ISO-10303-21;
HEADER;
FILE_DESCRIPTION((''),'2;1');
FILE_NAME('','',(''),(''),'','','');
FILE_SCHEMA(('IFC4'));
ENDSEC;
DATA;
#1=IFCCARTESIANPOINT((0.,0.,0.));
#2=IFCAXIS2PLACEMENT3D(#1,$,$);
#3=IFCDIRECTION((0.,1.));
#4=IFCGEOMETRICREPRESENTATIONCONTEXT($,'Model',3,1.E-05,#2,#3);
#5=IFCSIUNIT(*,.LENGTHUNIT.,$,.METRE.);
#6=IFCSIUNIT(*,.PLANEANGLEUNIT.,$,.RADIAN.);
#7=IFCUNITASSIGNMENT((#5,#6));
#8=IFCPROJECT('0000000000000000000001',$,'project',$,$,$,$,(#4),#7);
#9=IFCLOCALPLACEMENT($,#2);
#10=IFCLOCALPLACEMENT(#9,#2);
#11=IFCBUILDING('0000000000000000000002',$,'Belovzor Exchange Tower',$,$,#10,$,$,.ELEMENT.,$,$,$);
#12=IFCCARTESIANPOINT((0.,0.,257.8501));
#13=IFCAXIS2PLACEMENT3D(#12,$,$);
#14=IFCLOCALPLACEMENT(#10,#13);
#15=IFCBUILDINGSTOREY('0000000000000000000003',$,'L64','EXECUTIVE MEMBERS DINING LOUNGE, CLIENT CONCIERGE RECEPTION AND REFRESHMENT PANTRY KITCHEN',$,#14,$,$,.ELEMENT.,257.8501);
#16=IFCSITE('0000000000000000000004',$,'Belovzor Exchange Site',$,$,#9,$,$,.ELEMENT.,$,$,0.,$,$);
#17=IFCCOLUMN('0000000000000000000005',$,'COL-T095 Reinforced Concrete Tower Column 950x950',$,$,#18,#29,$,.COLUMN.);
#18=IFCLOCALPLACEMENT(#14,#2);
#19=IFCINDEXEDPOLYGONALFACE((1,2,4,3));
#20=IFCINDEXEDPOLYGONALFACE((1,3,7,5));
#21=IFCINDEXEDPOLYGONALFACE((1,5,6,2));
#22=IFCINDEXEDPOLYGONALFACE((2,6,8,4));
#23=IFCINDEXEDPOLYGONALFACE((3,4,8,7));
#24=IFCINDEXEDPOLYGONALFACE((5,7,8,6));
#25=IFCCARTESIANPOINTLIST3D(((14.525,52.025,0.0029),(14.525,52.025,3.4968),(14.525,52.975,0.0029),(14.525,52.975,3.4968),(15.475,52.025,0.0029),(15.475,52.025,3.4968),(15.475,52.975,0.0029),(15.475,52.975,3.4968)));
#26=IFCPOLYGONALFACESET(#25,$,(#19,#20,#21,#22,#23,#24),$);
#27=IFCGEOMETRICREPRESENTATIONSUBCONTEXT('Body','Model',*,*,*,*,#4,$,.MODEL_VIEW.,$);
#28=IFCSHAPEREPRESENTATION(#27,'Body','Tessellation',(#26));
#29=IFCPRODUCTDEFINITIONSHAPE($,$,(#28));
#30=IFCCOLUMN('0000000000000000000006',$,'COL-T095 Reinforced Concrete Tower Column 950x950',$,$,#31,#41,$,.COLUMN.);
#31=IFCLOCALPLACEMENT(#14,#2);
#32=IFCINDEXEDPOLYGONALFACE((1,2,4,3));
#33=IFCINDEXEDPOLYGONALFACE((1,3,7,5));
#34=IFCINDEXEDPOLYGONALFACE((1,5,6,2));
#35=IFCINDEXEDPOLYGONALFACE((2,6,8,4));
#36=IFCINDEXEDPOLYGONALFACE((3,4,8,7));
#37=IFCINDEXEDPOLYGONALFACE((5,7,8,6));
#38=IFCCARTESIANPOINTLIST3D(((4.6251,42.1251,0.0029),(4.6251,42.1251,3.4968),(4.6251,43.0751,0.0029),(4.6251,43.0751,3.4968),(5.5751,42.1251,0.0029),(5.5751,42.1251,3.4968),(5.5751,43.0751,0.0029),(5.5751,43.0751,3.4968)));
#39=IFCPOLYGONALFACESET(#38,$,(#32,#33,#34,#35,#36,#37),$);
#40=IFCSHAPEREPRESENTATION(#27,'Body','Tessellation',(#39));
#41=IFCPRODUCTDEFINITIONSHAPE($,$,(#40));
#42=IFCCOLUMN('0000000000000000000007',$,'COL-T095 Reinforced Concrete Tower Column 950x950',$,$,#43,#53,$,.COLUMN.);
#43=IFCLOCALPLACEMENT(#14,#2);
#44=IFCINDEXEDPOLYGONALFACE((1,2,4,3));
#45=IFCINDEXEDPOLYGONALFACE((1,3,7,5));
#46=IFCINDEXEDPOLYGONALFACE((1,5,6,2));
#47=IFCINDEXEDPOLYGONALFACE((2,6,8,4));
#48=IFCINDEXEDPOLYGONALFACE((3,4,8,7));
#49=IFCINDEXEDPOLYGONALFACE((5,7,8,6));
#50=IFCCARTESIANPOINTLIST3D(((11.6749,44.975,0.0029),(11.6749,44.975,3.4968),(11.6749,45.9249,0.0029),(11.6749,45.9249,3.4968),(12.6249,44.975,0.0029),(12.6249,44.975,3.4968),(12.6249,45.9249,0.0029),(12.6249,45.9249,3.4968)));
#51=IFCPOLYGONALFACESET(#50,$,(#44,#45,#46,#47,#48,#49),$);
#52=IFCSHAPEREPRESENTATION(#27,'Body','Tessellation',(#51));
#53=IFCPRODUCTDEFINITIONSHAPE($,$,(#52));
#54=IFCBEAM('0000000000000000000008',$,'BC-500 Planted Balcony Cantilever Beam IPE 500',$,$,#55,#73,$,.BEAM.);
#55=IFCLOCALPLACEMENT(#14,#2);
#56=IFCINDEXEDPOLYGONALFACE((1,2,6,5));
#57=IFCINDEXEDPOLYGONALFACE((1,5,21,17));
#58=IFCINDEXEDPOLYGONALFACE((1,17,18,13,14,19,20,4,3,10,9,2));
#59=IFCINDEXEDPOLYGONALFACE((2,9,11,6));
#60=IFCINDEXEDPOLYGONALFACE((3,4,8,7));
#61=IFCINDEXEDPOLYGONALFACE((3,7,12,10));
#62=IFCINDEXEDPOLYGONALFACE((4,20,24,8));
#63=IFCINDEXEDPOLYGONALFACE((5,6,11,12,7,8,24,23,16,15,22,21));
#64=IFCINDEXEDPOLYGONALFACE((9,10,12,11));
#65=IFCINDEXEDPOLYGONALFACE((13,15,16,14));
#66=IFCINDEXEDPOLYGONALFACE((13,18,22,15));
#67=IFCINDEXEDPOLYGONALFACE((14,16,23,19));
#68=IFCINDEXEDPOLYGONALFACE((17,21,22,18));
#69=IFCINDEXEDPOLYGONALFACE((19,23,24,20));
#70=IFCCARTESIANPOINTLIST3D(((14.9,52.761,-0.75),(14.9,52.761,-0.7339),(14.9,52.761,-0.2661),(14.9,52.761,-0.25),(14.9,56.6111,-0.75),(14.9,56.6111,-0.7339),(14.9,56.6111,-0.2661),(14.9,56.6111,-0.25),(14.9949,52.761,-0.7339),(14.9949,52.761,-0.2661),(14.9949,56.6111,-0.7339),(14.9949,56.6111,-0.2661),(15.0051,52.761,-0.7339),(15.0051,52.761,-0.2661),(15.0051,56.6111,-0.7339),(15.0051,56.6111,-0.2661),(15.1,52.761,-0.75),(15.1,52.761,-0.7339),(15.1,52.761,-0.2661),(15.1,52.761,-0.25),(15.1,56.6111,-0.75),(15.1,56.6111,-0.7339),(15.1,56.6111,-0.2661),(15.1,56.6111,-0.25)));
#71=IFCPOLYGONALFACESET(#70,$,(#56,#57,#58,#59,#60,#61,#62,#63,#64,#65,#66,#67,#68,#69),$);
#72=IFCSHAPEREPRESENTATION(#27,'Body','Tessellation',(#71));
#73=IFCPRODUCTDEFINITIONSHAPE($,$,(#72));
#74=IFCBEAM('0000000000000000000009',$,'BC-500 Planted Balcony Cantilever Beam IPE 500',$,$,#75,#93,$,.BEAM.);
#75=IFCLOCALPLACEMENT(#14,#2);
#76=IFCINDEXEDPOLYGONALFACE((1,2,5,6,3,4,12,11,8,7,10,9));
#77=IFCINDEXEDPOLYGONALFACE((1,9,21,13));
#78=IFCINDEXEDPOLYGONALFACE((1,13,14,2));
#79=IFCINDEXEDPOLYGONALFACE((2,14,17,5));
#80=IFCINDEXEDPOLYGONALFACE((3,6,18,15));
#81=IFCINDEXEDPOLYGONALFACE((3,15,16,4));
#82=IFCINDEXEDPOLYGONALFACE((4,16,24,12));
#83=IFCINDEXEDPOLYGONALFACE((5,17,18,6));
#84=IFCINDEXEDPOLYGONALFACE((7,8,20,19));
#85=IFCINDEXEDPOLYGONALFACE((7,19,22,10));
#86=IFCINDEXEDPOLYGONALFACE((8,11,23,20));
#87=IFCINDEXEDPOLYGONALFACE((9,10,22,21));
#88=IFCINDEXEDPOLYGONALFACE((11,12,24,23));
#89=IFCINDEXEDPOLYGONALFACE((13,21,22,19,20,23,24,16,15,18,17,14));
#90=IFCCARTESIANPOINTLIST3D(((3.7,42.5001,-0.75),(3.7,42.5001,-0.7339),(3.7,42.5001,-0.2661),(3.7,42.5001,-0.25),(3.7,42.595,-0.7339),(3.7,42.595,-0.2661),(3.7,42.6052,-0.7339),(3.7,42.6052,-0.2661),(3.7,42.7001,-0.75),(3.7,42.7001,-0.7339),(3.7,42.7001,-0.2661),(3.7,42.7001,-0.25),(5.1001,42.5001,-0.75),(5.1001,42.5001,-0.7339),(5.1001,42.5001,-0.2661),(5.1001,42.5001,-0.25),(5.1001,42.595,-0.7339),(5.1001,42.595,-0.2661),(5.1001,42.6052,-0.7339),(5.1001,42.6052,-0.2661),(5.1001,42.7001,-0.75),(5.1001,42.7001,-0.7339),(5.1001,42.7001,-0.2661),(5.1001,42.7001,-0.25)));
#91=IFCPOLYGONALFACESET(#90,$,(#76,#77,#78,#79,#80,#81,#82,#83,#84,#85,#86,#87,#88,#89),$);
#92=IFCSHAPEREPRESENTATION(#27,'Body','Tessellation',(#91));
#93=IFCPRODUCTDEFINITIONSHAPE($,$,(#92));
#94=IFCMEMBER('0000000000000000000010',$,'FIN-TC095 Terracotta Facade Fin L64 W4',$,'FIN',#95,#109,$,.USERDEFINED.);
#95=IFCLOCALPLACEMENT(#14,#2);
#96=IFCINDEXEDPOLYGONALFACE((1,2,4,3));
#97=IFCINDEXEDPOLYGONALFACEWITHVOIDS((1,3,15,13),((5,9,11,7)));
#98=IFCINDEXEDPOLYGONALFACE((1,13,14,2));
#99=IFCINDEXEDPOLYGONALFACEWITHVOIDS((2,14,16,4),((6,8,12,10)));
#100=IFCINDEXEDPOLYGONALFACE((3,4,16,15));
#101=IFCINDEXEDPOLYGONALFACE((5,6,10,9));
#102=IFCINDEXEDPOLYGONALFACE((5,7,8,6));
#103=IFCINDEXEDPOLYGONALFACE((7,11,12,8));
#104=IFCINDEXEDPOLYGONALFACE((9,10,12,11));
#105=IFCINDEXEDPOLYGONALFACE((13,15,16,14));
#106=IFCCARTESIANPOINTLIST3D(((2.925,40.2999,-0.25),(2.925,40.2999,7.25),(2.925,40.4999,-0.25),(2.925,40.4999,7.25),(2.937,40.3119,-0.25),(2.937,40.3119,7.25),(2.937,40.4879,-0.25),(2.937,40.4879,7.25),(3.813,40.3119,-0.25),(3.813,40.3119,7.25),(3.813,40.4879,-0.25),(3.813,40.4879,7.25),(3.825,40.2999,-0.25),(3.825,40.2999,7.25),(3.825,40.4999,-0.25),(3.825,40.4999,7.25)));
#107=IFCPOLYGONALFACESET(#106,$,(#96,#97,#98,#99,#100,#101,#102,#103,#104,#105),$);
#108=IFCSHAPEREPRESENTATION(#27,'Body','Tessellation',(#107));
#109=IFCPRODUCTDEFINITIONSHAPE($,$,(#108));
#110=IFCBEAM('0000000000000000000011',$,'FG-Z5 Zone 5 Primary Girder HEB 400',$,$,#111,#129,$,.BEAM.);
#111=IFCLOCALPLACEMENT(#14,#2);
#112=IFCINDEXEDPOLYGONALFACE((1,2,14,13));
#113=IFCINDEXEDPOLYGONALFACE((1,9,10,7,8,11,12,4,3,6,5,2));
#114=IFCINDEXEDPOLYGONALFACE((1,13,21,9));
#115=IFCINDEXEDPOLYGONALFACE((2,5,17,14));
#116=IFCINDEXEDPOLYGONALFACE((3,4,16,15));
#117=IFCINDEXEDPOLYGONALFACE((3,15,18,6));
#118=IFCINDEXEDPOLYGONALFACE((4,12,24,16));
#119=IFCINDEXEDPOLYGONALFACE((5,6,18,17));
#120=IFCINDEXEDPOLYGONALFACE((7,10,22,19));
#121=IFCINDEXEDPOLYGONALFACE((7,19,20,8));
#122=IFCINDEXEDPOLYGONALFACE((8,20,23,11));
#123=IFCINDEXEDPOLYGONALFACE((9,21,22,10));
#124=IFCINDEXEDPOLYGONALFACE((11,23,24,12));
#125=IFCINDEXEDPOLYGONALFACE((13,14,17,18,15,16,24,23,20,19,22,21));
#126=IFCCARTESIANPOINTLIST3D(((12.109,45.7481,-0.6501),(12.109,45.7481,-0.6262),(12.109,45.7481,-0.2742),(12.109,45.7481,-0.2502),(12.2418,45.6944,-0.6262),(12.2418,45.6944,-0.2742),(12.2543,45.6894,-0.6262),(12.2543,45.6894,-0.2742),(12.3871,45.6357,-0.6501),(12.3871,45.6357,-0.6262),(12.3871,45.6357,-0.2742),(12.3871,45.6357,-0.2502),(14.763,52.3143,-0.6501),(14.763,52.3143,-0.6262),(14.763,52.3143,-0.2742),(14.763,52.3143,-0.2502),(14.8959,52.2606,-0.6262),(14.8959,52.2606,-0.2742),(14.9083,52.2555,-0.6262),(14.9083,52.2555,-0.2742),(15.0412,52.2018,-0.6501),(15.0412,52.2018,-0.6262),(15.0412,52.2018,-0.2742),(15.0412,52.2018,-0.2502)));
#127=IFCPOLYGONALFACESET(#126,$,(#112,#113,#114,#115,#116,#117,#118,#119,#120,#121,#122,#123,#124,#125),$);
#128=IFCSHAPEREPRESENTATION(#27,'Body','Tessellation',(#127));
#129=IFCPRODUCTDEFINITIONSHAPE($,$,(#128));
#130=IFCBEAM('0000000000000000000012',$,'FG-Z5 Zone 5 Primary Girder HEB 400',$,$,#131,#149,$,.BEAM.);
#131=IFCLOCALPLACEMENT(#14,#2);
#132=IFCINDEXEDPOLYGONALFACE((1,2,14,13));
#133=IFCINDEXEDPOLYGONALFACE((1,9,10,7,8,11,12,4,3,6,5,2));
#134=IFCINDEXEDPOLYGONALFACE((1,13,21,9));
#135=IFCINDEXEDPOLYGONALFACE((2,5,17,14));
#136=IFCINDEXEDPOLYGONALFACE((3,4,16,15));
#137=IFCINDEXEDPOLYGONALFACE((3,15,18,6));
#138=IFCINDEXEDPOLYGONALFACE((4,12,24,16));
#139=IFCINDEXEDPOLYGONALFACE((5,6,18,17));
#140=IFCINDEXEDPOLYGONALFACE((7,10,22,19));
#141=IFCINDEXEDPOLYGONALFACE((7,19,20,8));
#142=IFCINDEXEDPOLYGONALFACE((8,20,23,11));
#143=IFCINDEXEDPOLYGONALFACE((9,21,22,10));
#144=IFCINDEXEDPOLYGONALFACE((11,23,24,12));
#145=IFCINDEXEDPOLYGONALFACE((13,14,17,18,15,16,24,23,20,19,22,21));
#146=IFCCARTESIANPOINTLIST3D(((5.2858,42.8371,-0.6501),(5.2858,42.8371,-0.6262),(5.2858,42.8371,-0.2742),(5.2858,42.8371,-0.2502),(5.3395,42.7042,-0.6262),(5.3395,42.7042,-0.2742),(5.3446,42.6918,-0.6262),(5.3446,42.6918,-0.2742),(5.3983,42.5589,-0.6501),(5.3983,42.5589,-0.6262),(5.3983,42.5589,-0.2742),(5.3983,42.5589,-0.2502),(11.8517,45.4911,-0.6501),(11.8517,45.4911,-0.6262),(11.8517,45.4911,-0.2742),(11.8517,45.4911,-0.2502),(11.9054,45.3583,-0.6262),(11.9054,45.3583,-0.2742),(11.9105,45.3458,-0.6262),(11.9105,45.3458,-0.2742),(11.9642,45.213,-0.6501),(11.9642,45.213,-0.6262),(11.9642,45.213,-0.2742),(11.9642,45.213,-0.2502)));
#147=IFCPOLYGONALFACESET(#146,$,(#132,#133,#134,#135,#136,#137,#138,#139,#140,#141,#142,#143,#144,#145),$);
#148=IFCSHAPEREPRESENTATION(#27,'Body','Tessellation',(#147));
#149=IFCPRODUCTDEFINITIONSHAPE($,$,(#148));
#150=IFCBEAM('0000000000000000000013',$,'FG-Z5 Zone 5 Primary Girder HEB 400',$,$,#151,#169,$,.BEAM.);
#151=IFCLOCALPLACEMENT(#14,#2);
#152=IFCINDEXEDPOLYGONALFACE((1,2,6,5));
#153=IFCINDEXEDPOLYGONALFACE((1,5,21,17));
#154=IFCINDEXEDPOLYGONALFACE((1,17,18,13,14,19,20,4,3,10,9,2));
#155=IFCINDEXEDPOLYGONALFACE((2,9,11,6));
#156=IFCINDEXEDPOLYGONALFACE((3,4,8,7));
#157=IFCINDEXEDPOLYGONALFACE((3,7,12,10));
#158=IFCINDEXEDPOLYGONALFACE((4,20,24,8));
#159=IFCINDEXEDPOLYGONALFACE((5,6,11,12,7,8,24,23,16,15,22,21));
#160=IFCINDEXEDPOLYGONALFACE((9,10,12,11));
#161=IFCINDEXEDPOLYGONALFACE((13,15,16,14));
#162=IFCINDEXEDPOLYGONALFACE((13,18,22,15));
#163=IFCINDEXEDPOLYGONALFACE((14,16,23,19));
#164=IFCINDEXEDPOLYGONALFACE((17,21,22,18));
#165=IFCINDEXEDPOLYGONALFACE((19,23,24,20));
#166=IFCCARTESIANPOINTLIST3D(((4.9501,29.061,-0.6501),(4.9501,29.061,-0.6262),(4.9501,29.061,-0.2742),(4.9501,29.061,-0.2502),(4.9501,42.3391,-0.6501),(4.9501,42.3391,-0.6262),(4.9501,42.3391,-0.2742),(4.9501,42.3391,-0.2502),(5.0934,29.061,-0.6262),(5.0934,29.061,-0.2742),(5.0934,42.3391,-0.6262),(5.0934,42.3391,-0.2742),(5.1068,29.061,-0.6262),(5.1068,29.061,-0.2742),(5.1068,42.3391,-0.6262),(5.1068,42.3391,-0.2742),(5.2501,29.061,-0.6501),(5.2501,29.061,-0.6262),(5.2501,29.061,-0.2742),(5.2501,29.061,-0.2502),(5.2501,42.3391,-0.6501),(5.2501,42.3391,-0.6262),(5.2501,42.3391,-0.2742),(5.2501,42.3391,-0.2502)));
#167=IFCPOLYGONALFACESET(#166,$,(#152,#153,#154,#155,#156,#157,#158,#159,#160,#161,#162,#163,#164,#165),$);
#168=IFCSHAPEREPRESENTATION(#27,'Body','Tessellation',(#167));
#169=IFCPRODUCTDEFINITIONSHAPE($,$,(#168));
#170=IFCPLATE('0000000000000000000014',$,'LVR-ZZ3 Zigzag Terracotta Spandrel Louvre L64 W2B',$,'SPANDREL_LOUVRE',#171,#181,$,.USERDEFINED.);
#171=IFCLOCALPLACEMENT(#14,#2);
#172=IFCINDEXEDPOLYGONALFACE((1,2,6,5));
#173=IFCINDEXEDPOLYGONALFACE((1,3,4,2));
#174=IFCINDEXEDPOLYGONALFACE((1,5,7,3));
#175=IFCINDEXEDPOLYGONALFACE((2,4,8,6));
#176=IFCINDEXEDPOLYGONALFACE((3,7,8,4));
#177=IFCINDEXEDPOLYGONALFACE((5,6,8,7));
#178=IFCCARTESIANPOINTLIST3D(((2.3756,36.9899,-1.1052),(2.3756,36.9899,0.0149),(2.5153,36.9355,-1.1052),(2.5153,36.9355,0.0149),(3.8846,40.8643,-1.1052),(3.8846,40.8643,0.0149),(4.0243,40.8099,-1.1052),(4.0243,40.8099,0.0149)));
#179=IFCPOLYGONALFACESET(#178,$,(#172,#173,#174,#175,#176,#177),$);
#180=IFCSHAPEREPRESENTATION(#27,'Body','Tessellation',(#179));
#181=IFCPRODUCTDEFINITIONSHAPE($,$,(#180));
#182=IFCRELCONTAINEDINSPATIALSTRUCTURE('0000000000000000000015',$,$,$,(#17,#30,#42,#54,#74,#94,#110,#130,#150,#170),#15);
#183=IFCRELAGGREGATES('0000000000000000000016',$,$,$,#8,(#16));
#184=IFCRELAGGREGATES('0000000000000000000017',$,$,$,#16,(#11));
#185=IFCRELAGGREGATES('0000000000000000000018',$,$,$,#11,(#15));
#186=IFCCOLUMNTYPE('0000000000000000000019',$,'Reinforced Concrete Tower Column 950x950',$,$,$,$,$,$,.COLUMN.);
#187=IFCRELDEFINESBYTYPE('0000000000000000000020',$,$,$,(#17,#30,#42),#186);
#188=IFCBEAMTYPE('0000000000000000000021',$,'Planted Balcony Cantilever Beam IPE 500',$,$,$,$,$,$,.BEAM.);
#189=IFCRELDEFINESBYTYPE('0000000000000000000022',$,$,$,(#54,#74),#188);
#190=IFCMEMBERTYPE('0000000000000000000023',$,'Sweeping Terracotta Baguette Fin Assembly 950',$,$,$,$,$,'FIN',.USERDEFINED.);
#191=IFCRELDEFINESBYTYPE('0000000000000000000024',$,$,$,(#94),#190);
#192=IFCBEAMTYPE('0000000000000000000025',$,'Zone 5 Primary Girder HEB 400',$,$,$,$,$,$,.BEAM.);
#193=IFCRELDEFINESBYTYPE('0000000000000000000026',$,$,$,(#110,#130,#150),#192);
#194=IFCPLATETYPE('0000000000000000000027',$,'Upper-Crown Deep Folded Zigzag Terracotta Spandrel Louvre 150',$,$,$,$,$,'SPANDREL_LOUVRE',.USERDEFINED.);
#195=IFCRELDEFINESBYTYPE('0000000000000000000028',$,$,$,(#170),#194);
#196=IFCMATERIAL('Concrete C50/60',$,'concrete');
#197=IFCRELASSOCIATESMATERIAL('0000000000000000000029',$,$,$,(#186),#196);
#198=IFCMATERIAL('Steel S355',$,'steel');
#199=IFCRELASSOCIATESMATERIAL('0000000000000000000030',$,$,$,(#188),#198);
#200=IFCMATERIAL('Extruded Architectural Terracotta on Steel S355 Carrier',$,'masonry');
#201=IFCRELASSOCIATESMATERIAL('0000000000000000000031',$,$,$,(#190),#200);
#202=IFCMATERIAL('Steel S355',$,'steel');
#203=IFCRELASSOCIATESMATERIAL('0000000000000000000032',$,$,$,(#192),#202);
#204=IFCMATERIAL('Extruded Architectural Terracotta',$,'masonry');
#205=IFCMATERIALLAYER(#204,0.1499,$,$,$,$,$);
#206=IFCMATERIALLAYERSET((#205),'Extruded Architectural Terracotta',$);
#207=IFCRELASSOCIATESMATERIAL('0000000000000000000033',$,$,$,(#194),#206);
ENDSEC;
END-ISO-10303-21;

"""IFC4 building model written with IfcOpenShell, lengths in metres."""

from ifc_helpers import new_model, si_unit, direction, frame, origin, origin_2d, place, context, subcontext, project, spatial, rectangle, hollow_rectangle, i_section, extrude, material, layer, layer_set, material_profile, profile_set, type_object, element, save


model = new_model("IFC4")

# Units and contexts
model_context = context("Model", 3, precision=1e-05, world=origin(), true_north=direction((0.0, 1.0)))
body_context = subcontext(model_context, "Body", "Model", "MODEL_VIEW")
ifc_project = project(units=[si_unit("LENGTHUNIT", "METRE"), si_unit("PLANEANGLEUNIT", "RADIAN")], contexts=[model_context])

# Site, building, storey
site_placement = place(None, origin())
site = spatial("IfcSite", under=ifc_project, at=site_placement, Name="Belovzor Exchange Site", CompositionType="ELEMENT", RefElevation=0.0)
building_placement = place(site_placement, origin())
building = spatial("IfcBuilding", under=site, at=building_placement, Name="Belovzor Exchange Tower", CompositionType="ELEMENT")
storey_placement = place(building_placement, frame((0.0, 0.0, 257.8501)))
storey = spatial("IfcBuildingStorey", under=building, at=storey_placement, Name="L64", Description="EXECUTIVE MEMBERS DINING LOUNGE, CLIENT CONCIERGE RECEPTION AND REFRESHMENT PANTRY KITCHEN", CompositionType="ELEMENT", Elevation=257.8501)

# Columns
ifc_material_1 = material(Name="Concrete C50/60", Category="concrete")
ifc_material_profile_1 = material_profile(ifc_material_1, rectangle(XDim=0.95, YDim=0.95, at=origin_2d()))
ifc_profile_set_1 = profile_set([ifc_material_profile_1], Name="Concrete C50/60")
column_type = type_object("IfcColumnType", Name="Reinforced Concrete Tower Column 950x950", PredefinedType="COLUMN", material=ifc_profile_set_1)
for number, where, z_axis, x_axis, name in (
    (1, (15.0, 52.5, 0.0029), (0.0, 0.0, 1.0), (1.0, 0.0, 0.0), "COL-T095 Reinforced Concrete Tower Column 950x950"),
    (2, (5.1001, 42.6001, 0.0029), (0.0, 0.0, 1.0), (1.0, 0.0, 0.0), "COL-T095 Reinforced Concrete Tower Column 950x950"),
    (3, (12.1499, 45.45, 0.0029), (0.0, 0.0, 1.0), (1.0, 0.0, 0.0), "COL-T095 Reinforced Concrete Tower Column 950x950"),
):
    element("IfcColumn", number, at=place(storey_placement, frame(where, z_axis=z_axis, x_axis=x_axis)), inside=storey, type_object=column_type, Name=name, PredefinedType="COLUMN", context=body_context, shape_type="SweptSolid", body=[
        extrude(rectangle(XDim=0.95, YDim=0.95, at=origin_2d()), origin(), (0.0, 0.0, 1.0), 3.4939),
    ])

# Beams
ifc_material_2 = material(Name="Steel S355", Category="steel")
ifc_material_profile_2 = material_profile(ifc_material_2, i_section(OverallWidth=0.2, OverallDepth=0.5, WebThickness=0.0103, FlangeThickness=0.0161, at=origin_2d()))
ifc_profile_set_2 = profile_set([ifc_material_profile_2], Name="Steel S355")
beam_type_1 = type_object("IfcBeamType", Name="Planted Balcony Cantilever Beam IPE 500", PredefinedType="BEAM", material=ifc_profile_set_2)
beam_1_placement = place(storey_placement, frame((15.0, 52.761, -0.5), z_axis=(0.0, 1.0, 0.0), x_axis=(-1.0, 0.0, 0.0)))
element("IfcBeam", 4, at=beam_1_placement, inside=storey, type_object=beam_type_1, Name="BC-500 Planted Balcony Cantilever Beam IPE 500", PredefinedType="BEAM", context=body_context, shape_type="SweptSolid", body=[
    extrude(i_section(OverallWidth=0.2, OverallDepth=0.5, WebThickness=0.0103, FlangeThickness=0.0161, at=origin_2d()), origin(), (0.0, 0.0, 1.0), 3.8501),
])
beam_2_placement = place(storey_placement, frame((5.1001, 42.6001, -0.5), z_axis=(-1.0, 0.0, 0.0), x_axis=(0.0, -1.0, 0.0)))
element("IfcBeam", 5, at=beam_2_placement, inside=storey, type_object=beam_type_1, Name="BC-500 Planted Balcony Cantilever Beam IPE 500", PredefinedType="BEAM", context=body_context, shape_type="SweptSolid", body=[
    extrude(i_section(OverallWidth=0.2, OverallDepth=0.5, WebThickness=0.0103, FlangeThickness=0.0161, at=origin_2d()), origin(), (0.0, 0.0, 1.0), 1.4001),
])

# Member
ifc_material_3 = material(Name="Extruded Architectural Terracotta on Steel S355 Carrier", Category="masonry")
ifc_material_profile_3 = material_profile(ifc_material_3, hollow_rectangle(XDim=0.2, YDim=0.8999, WallThickness=0.012, at=origin_2d()))
ifc_profile_set_3 = profile_set([ifc_material_profile_3], Name="Extruded Architectural Terracotta on Steel S355 Carrier")
member_type = type_object("IfcMemberType", Name="Sweeping Terracotta Baguette Fin Assembly 950", ElementType="FIN", PredefinedType="USERDEFINED", material=ifc_profile_set_3)
member_placement = place(storey_placement, frame((3.375, 40.3999, -0.25), z_axis=(0.0, 0.0, 1.0), x_axis=(0.0, 1.0, 0.0)))
element("IfcMember", 6, at=member_placement, inside=storey, type_object=member_type, Name="FIN-TC095 Terracotta Facade Fin L64 W4", ObjectType="FIN", PredefinedType="USERDEFINED", context=body_context, shape_type="SweptSolid", body=[
    extrude(hollow_rectangle(XDim=0.2, YDim=0.8999, WallThickness=0.012, at=origin_2d()), origin(), (0.0, 0.0, 1.0), 7.5),
])

# Beams
ifc_material_4 = material(Name="Steel S355", Category="steel")
ifc_material_profile_4 = material_profile(ifc_material_4, i_section(OverallWidth=0.3, OverallDepth=0.3999, WebThickness=0.0134, FlangeThickness=0.0239, at=origin_2d()))
ifc_profile_set_4 = profile_set([ifc_material_profile_4], Name="Steel S355")
beam_type_2 = type_object("IfcBeamType", Name="Zone 5 Primary Girder HEB 400", PredefinedType="BEAM", material=ifc_profile_set_4)
beam_3_placement = place(storey_placement, frame((14.9021, 52.2581, -0.4502), z_axis=(-0.374746, -0.927127, 0.0), x_axis=(0.927127, -0.374746, 0.0)))
element("IfcBeam", 7, at=beam_3_placement, inside=storey, type_object=beam_type_2, Name="FG-Z5 Zone 5 Primary Girder HEB 400", PredefinedType="BEAM", context=body_context, shape_type="SweptSolid", body=[
    extrude(i_section(OverallWidth=0.3, OverallDepth=0.3999, WebThickness=0.0134, FlangeThickness=0.0239, at=origin_2d()), origin(), (0.0, 0.0, 1.0), 7.0823),
])
beam_4_placement = place(storey_placement, frame((11.908, 45.3521, -0.4502), z_axis=(-0.927123, -0.374758, 0.0), x_axis=(0.374758, -0.927123, 0.0)))
element("IfcBeam", 8, at=beam_4_placement, inside=storey, type_object=beam_type_2, Name="FG-Z5 Zone 5 Primary Girder HEB 400", PredefinedType="BEAM", context=body_context, shape_type="SweptSolid", body=[
    extrude(i_section(OverallWidth=0.3, OverallDepth=0.3999, WebThickness=0.0134, FlangeThickness=0.0239, at=origin_2d()), origin(), (0.0, 0.0, 1.0), 7.082),
])
beam_5_placement = place(storey_placement, frame((5.1001, 42.3391, -0.4502), z_axis=(0.0, -1.0, 0.0), x_axis=(1.0, 0.0, 0.0)))
element("IfcBeam", 9, at=beam_5_placement, inside=storey, type_object=beam_type_2, Name="FG-Z5 Zone 5 Primary Girder HEB 400", PredefinedType="BEAM", context=body_context, shape_type="SweptSolid", body=[
    extrude(i_section(OverallWidth=0.3, OverallDepth=0.3999, WebThickness=0.0134, FlangeThickness=0.0239, at=origin_2d()), origin(), (0.0, 0.0, 1.0), 13.2781),
])

# Plate
ifc_material_5 = material(Name="Extruded Architectural Terracotta", Category="masonry")
ifc_layer_1 = layer(ifc_material_5, 0.1499)
ifc_layer_set_1 = layer_set([ifc_layer_1], Name="Extruded Architectural Terracotta")
plate_type = type_object("IfcPlateType", Name="Upper-Crown Deep Folded Zigzag Terracotta Spandrel Louvre 150", ElementType="SPANDREL_LOUVRE", PredefinedType="USERDEFINED", material=ifc_layer_set_1)
plate_placement = place(storey_placement, frame((3.2, 38.8999, -1.1052), z_axis=(0.0, 0.0, 1.0), x_axis=(0.362926, 0.931818, 0.0)))
element("IfcPlate", 10, at=plate_placement, inside=storey, type_object=plate_type, Name="LVR-ZZ3 Zigzag Terracotta Spandrel Louvre L64 W2B", ObjectType="SPANDREL_LOUVRE", PredefinedType="USERDEFINED", context=body_context, shape_type="SweptSolid", body=[
    extrude(rectangle(XDim=4.158, YDim=0.1499, at=origin_2d()), origin(), (0.0, 0.0, 1.0), 1.1201),
])

save(model, "model.ifc")
